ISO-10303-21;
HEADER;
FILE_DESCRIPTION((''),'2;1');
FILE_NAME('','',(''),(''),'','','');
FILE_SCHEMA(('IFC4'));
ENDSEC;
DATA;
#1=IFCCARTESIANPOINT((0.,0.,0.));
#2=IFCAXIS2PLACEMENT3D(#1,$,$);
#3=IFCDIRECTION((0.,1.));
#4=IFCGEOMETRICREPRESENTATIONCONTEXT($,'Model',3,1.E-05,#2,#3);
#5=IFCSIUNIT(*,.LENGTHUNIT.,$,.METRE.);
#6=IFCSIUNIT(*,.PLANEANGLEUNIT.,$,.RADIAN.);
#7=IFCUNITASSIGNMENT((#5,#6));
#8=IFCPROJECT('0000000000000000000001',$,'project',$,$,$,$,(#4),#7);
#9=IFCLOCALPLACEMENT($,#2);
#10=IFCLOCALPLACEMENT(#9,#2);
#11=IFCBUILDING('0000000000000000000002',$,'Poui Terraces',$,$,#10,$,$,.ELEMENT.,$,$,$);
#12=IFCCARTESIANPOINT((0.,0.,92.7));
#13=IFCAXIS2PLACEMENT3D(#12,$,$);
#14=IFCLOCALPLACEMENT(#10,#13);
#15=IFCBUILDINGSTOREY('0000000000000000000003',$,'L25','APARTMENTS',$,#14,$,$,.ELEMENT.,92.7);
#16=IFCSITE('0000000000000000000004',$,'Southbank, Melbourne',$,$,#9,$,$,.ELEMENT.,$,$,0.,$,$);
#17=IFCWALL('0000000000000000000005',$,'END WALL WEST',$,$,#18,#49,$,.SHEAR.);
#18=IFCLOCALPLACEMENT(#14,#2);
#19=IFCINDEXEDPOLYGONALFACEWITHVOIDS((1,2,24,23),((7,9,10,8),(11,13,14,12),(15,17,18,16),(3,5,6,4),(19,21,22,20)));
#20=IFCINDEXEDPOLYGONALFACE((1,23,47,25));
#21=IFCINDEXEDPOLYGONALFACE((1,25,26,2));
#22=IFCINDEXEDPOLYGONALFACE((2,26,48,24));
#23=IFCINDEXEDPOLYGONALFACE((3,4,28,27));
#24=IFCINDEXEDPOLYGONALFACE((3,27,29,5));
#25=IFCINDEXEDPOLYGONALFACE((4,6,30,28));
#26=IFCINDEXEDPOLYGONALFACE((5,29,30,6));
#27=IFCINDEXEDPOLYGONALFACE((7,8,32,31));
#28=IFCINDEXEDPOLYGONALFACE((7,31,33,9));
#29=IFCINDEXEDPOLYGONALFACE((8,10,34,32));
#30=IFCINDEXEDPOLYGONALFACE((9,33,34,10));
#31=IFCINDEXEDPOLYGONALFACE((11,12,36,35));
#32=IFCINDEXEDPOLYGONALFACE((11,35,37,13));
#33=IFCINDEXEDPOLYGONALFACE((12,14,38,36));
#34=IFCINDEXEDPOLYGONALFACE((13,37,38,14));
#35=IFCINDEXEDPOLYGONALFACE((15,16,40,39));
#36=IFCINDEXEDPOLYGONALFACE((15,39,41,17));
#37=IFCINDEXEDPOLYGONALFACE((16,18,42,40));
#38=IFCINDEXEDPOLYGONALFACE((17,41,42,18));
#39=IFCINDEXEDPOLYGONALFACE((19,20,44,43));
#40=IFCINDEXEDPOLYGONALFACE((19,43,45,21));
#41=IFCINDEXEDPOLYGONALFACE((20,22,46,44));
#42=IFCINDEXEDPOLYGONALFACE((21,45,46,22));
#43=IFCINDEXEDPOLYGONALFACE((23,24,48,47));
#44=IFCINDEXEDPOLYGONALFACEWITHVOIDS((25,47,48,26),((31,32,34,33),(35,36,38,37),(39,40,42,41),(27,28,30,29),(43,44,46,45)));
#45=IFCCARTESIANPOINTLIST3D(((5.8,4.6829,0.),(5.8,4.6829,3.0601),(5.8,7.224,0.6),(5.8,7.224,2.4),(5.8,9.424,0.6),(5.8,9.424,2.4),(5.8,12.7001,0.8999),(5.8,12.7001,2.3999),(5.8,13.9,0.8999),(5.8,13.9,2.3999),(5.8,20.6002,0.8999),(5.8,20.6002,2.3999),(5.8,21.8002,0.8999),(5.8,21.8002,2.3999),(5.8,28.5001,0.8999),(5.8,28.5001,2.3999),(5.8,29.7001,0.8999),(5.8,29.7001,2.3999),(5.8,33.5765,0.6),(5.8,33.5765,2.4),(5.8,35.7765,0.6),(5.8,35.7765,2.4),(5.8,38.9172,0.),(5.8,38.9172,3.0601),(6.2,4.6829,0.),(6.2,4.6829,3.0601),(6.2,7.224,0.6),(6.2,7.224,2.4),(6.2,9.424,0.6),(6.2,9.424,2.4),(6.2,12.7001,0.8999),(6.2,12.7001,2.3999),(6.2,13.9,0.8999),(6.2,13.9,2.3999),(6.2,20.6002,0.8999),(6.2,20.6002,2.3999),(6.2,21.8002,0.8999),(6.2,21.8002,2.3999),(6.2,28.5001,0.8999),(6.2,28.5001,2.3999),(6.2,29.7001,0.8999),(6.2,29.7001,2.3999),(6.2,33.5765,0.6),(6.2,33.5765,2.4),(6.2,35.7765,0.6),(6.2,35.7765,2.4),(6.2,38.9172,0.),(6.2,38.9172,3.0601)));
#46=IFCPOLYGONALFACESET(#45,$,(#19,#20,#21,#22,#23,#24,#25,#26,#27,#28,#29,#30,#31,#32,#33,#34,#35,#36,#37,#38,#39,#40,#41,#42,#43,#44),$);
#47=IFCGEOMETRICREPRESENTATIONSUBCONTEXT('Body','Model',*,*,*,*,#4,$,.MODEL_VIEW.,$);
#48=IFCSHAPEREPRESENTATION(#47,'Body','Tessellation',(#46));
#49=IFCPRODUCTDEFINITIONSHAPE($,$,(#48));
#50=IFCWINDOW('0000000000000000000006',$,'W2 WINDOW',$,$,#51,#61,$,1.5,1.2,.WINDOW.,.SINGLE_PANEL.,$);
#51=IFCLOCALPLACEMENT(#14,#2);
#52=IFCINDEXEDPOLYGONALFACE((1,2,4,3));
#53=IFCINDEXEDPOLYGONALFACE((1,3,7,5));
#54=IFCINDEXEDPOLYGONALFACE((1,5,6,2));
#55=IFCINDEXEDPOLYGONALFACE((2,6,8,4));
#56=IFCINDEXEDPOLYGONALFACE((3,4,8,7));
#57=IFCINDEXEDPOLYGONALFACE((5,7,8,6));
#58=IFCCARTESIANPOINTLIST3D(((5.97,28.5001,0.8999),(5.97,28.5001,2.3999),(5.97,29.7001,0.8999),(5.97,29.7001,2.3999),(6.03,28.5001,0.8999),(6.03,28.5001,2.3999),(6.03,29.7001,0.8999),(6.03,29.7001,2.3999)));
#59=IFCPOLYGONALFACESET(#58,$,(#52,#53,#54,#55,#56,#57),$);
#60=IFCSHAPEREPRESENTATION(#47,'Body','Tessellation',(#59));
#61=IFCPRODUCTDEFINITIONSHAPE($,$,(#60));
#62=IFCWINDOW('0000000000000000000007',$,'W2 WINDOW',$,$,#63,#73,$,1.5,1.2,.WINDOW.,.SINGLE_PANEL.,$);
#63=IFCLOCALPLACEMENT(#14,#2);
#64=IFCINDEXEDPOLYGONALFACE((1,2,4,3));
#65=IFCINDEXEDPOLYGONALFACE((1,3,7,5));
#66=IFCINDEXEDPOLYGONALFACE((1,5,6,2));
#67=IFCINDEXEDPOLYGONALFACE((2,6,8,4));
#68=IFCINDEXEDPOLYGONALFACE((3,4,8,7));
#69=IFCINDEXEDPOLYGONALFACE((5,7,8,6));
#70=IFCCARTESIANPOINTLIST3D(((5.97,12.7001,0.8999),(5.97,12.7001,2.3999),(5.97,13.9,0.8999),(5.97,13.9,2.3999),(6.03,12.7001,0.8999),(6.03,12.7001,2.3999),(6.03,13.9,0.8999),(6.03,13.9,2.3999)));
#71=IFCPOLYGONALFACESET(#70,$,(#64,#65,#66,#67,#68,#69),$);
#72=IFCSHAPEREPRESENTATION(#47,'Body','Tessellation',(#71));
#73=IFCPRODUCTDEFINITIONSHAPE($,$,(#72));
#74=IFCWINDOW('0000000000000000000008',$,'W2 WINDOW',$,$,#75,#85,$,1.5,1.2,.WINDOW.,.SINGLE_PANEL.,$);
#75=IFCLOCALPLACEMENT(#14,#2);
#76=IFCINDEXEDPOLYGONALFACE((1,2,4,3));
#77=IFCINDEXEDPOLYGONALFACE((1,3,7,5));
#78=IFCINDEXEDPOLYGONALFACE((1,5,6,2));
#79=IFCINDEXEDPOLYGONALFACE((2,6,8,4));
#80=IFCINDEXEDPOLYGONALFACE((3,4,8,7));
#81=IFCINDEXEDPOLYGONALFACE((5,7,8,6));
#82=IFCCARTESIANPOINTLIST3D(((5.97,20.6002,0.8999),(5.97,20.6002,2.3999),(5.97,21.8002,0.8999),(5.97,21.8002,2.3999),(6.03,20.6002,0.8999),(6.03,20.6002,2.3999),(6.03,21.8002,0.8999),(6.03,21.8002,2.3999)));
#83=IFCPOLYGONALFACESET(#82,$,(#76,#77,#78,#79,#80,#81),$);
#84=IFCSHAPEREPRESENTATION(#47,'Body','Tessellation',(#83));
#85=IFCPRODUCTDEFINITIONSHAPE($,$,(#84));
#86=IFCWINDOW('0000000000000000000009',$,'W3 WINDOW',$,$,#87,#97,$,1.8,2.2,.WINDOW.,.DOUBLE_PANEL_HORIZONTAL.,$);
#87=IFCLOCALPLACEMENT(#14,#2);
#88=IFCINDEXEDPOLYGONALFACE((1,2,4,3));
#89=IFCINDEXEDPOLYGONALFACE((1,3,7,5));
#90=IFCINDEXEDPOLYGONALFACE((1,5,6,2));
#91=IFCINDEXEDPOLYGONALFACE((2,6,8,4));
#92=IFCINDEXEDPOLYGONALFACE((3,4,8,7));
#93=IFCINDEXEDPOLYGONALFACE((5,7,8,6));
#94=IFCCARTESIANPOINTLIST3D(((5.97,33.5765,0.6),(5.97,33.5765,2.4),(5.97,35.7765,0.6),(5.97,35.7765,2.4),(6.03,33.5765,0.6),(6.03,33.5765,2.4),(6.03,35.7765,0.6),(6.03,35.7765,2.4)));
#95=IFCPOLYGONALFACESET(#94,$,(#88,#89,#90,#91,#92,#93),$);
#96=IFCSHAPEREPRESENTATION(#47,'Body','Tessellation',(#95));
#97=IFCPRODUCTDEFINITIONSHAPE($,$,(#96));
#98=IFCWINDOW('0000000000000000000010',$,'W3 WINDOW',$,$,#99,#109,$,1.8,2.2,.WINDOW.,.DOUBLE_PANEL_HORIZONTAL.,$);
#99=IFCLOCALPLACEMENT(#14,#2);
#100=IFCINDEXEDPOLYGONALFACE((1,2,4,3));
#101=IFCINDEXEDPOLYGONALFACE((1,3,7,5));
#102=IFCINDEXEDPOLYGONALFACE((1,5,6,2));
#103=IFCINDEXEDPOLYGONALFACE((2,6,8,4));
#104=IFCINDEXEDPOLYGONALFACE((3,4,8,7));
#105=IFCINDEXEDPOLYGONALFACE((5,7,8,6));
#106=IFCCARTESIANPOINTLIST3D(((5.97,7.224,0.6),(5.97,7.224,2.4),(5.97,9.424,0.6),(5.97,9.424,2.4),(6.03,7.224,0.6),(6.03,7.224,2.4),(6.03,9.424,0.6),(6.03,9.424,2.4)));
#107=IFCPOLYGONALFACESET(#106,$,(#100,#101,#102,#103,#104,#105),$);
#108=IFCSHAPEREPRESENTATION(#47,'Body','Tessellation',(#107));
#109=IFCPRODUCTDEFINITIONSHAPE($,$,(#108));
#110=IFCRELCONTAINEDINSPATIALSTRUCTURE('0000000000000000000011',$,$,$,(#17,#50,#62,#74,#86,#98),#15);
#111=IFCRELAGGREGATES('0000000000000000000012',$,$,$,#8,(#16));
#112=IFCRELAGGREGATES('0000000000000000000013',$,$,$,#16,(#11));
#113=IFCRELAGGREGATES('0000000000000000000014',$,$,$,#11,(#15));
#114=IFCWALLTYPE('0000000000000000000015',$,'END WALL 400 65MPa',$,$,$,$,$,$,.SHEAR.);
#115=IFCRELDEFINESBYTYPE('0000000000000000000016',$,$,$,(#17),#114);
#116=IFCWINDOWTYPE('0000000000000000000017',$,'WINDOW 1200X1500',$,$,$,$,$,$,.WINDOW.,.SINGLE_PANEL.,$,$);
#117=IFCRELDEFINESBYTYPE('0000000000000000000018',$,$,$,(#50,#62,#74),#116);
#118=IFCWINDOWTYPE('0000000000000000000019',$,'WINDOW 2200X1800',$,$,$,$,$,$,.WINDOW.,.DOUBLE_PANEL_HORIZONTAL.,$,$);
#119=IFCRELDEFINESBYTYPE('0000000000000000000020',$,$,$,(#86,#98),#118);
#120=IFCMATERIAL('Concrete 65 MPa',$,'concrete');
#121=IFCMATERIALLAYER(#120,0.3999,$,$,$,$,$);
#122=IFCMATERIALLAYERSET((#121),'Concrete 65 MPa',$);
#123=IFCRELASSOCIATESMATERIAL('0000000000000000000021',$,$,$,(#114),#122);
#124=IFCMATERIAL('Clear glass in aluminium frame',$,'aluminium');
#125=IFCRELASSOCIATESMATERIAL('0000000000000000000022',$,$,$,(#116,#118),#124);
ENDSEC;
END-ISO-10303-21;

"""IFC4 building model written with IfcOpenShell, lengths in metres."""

from ifc_helpers import new_model, si_unit, direction, frame, frame_2d, origin, place, context, subcontext, project, spatial, rectangle, extrude, material, layer, layer_set, type_object, element, fill, save


model = new_model("IFC4")

# Units and contexts
model_context = context("Model", 3, precision=1e-05, world=origin(), true_north=direction((0.0, 1.0)))
body_context = subcontext(model_context, "Body", "Model", "MODEL_VIEW")
ifc_project = project(units=[si_unit("LENGTHUNIT", "METRE"), si_unit("PLANEANGLEUNIT", "RADIAN")], contexts=[model_context])

# Site, building, storey
site_placement = place(None, origin())
site = spatial("IfcSite", under=ifc_project, at=site_placement, Name="Southbank, Melbourne", CompositionType="ELEMENT", RefElevation=0.0)
building_placement = place(site_placement, origin())
building = spatial("IfcBuilding", under=site, at=building_placement, Name="Poui Terraces", CompositionType="ELEMENT")
storey_placement = place(building_placement, frame((0.0, 0.0, 92.7)))
storey = spatial("IfcBuildingStorey", under=building, at=storey_placement, Name="L25", Description="APARTMENTS", CompositionType="ELEMENT", Elevation=92.7)

# Shared definitions
ifc_material_1 = material(Name="Concrete 65 MPa", Category="concrete")

# Wall, openings, windows
ifc_layer_1 = layer(ifc_material_1, 0.3999)
ifc_layer_set_1 = layer_set([ifc_layer_1], Name="Concrete 65 MPa")
wall_type = type_object("IfcWallType", Name="END WALL 400 65MPa", PredefinedType="SHEAR", material=ifc_layer_set_1)
wall_placement = place(storey_placement, frame((6.0, 4.6829, 0.0), z_axis=(0.0, 0.0, 1.0), x_axis=(0.0, 1.0, 0.0)))
wall = element("IfcWall", 1, at=wall_placement, inside=storey, type_object=wall_type, Name="END WALL WEST", PredefinedType="SHEAR", context=body_context, shape_type="SweptSolid", body=[
    extrude(rectangle(XDim=34.2344, YDim=0.3999, at=frame_2d((17.1172, 0.0))), origin(), (0.0, 0.0, 1.0), 3.0601),
])
opening_1_placement = place(wall_placement, frame((23.8171, 0.0, 0.8999)))
opening_1 = element("IfcOpeningElement", 2, at=opening_1_placement, cuts=wall, PredefinedType="OPENING", context=body_context, shape_type="SweptSolid", body=[
    extrude(rectangle(XDim=1.2, YDim=1.5, at=frame_2d((0.6001, 0.75))), frame((0.0, 0.21, 0.0), z_axis=(0.0, -1.0, 0.0), x_axis=(1.0, 0.0, 0.0)), (0.0, 0.0, 1.0), 0.4199),
])
opening_2_placement = place(wall_placement, frame((8.0171, 0.0, 0.8999)))
opening_2 = element("IfcOpeningElement", 3, at=opening_2_placement, cuts=wall, PredefinedType="OPENING", context=body_context, shape_type="SweptSolid", body=[
    extrude(rectangle(XDim=1.2, YDim=1.5, at=frame_2d((0.6001, 0.75))), frame((0.0, 0.21, 0.0), z_axis=(0.0, -1.0, 0.0), x_axis=(1.0, 0.0, 0.0)), (0.0, 0.0, 1.0), 0.4199),
])
opening_3_placement = place(wall_placement, frame((15.9172, 0.0, 0.8999)))
opening_3 = element("IfcOpeningElement", 4, at=opening_3_placement, cuts=wall, PredefinedType="OPENING", context=body_context, shape_type="SweptSolid", body=[
    extrude(rectangle(XDim=1.2, YDim=1.5, at=frame_2d((0.6001, 0.75))), frame((0.0, 0.21, 0.0), z_axis=(0.0, -1.0, 0.0), x_axis=(1.0, 0.0, 0.0)), (0.0, 0.0, 1.0), 0.4199),
])
opening_4_placement = place(wall_placement, frame((28.8936, 0.0, 0.6001)))
opening_4 = element("IfcOpeningElement", 5, at=opening_4_placement, cuts=wall, PredefinedType="OPENING", context=body_context, shape_type="SweptSolid", body=[
    extrude(rectangle(XDim=2.2, YDim=1.8, at=frame_2d((1.1001, 0.8999))), frame((0.0, 0.21, 0.0), z_axis=(0.0, -1.0, 0.0), x_axis=(1.0, 0.0, 0.0)), (0.0, 0.0, 1.0), 0.4199),
])
opening_5_placement = place(wall_placement, frame((2.541, 0.0, 0.6001)))
opening_5 = element("IfcOpeningElement", 6, at=opening_5_placement, cuts=wall, PredefinedType="OPENING", context=body_context, shape_type="SweptSolid", body=[
    extrude(rectangle(XDim=2.2, YDim=1.8, at=frame_2d((1.1001, 0.8999))), frame((0.0, 0.21, 0.0), z_axis=(0.0, -1.0, 0.0), x_axis=(1.0, 0.0, 0.0)), (0.0, 0.0, 1.0), 0.4199),
])
ifc_material_2 = material(Name="Clear glass in aluminium frame", Category="aluminium")
window_type_1 = type_object("IfcWindowType", Name="WINDOW 1200X1500", PartitioningType="SINGLE_PANEL", PredefinedType="WINDOW", material=ifc_material_2)
window_1_placement = place(opening_1_placement, origin())
window_1 = element("IfcWindow", 7, at=window_1_placement, inside=storey, type_object=window_type_1, Name="W2 WINDOW", OverallHeight=1.5, OverallWidth=1.2, PartitioningType="SINGLE_PANEL", PredefinedType="WINDOW", context=body_context, shape_type="SweptSolid", body=[
    extrude(rectangle(XDim=1.2, YDim=1.5, at=frame_2d((0.6001, 0.75))), frame((0.0, 0.03, 0.0), z_axis=(0.0, -1.0, 0.0), x_axis=(1.0, 0.0, 0.0)), (0.0, 0.0, 1.0), 0.0601),
])
fill(opening_1, window_1)
window_2_placement = place(opening_2_placement, origin())
window_2 = element("IfcWindow", 8, at=window_2_placement, inside=storey, type_object=window_type_1, Name="W2 WINDOW", OverallHeight=1.5, OverallWidth=1.2, PartitioningType="SINGLE_PANEL", PredefinedType="WINDOW", context=body_context, shape_type="SweptSolid", body=[
    extrude(rectangle(XDim=1.2, YDim=1.5, at=frame_2d((0.6001, 0.75))), frame((0.0, 0.03, 0.0), z_axis=(0.0, -1.0, 0.0), x_axis=(1.0, 0.0, 0.0)), (0.0, 0.0, 1.0), 0.0601),
])
fill(opening_2, window_2)
window_3_placement = place(opening_3_placement, origin())
window_3 = element("IfcWindow", 9, at=window_3_placement, inside=storey, type_object=window_type_1, Name="W2 WINDOW", OverallHeight=1.5, OverallWidth=1.2, PartitioningType="SINGLE_PANEL", PredefinedType="WINDOW", context=body_context, shape_type="SweptSolid", body=[
    extrude(rectangle(XDim=1.2, YDim=1.5, at=frame_2d((0.6001, 0.75))), frame((0.0, 0.03, 0.0), z_axis=(0.0, -1.0, 0.0), x_axis=(1.0, 0.0, 0.0)), (0.0, 0.0, 1.0), 0.0601),
])
fill(opening_3, window_3)
window_type_2 = type_object("IfcWindowType", Name="WINDOW 2200X1800", PartitioningType="DOUBLE_PANEL_HORIZONTAL", PredefinedType="WINDOW", material=ifc_material_2)
window_4_placement = place(opening_4_placement, origin())
window_4 = element("IfcWindow", 10, at=window_4_placement, inside=storey, type_object=window_type_2, Name="W3 WINDOW", OverallHeight=1.8, OverallWidth=2.2, PartitioningType="DOUBLE_PANEL_HORIZONTAL", PredefinedType="WINDOW", context=body_context, shape_type="SweptSolid", body=[
    extrude(rectangle(XDim=2.2, YDim=1.8, at=frame_2d((1.1001, 0.8999))), frame((0.0, 0.03, 0.0), z_axis=(0.0, -1.0, 0.0), x_axis=(1.0, 0.0, 0.0)), (0.0, 0.0, 1.0), 0.0601),
])
fill(opening_4, window_4)
window_5_placement = place(opening_5_placement, origin())
window_5 = element("IfcWindow", 11, at=window_5_placement, inside=storey, type_object=window_type_2, Name="W3 WINDOW", OverallHeight=1.8, OverallWidth=2.2, PartitioningType="DOUBLE_PANEL_HORIZONTAL", PredefinedType="WINDOW", context=body_context, shape_type="SweptSolid", body=[
    extrude(rectangle(XDim=2.2, YDim=1.8, at=frame_2d((1.1001, 0.8999))), frame((0.0, 0.03, 0.0), z_axis=(0.0, -1.0, 0.0), x_axis=(1.0, 0.0, 0.0)), (0.0, 0.0, 1.0), 0.0601),
])
fill(opening_5, window_5)

save(model, "model.ifc")
